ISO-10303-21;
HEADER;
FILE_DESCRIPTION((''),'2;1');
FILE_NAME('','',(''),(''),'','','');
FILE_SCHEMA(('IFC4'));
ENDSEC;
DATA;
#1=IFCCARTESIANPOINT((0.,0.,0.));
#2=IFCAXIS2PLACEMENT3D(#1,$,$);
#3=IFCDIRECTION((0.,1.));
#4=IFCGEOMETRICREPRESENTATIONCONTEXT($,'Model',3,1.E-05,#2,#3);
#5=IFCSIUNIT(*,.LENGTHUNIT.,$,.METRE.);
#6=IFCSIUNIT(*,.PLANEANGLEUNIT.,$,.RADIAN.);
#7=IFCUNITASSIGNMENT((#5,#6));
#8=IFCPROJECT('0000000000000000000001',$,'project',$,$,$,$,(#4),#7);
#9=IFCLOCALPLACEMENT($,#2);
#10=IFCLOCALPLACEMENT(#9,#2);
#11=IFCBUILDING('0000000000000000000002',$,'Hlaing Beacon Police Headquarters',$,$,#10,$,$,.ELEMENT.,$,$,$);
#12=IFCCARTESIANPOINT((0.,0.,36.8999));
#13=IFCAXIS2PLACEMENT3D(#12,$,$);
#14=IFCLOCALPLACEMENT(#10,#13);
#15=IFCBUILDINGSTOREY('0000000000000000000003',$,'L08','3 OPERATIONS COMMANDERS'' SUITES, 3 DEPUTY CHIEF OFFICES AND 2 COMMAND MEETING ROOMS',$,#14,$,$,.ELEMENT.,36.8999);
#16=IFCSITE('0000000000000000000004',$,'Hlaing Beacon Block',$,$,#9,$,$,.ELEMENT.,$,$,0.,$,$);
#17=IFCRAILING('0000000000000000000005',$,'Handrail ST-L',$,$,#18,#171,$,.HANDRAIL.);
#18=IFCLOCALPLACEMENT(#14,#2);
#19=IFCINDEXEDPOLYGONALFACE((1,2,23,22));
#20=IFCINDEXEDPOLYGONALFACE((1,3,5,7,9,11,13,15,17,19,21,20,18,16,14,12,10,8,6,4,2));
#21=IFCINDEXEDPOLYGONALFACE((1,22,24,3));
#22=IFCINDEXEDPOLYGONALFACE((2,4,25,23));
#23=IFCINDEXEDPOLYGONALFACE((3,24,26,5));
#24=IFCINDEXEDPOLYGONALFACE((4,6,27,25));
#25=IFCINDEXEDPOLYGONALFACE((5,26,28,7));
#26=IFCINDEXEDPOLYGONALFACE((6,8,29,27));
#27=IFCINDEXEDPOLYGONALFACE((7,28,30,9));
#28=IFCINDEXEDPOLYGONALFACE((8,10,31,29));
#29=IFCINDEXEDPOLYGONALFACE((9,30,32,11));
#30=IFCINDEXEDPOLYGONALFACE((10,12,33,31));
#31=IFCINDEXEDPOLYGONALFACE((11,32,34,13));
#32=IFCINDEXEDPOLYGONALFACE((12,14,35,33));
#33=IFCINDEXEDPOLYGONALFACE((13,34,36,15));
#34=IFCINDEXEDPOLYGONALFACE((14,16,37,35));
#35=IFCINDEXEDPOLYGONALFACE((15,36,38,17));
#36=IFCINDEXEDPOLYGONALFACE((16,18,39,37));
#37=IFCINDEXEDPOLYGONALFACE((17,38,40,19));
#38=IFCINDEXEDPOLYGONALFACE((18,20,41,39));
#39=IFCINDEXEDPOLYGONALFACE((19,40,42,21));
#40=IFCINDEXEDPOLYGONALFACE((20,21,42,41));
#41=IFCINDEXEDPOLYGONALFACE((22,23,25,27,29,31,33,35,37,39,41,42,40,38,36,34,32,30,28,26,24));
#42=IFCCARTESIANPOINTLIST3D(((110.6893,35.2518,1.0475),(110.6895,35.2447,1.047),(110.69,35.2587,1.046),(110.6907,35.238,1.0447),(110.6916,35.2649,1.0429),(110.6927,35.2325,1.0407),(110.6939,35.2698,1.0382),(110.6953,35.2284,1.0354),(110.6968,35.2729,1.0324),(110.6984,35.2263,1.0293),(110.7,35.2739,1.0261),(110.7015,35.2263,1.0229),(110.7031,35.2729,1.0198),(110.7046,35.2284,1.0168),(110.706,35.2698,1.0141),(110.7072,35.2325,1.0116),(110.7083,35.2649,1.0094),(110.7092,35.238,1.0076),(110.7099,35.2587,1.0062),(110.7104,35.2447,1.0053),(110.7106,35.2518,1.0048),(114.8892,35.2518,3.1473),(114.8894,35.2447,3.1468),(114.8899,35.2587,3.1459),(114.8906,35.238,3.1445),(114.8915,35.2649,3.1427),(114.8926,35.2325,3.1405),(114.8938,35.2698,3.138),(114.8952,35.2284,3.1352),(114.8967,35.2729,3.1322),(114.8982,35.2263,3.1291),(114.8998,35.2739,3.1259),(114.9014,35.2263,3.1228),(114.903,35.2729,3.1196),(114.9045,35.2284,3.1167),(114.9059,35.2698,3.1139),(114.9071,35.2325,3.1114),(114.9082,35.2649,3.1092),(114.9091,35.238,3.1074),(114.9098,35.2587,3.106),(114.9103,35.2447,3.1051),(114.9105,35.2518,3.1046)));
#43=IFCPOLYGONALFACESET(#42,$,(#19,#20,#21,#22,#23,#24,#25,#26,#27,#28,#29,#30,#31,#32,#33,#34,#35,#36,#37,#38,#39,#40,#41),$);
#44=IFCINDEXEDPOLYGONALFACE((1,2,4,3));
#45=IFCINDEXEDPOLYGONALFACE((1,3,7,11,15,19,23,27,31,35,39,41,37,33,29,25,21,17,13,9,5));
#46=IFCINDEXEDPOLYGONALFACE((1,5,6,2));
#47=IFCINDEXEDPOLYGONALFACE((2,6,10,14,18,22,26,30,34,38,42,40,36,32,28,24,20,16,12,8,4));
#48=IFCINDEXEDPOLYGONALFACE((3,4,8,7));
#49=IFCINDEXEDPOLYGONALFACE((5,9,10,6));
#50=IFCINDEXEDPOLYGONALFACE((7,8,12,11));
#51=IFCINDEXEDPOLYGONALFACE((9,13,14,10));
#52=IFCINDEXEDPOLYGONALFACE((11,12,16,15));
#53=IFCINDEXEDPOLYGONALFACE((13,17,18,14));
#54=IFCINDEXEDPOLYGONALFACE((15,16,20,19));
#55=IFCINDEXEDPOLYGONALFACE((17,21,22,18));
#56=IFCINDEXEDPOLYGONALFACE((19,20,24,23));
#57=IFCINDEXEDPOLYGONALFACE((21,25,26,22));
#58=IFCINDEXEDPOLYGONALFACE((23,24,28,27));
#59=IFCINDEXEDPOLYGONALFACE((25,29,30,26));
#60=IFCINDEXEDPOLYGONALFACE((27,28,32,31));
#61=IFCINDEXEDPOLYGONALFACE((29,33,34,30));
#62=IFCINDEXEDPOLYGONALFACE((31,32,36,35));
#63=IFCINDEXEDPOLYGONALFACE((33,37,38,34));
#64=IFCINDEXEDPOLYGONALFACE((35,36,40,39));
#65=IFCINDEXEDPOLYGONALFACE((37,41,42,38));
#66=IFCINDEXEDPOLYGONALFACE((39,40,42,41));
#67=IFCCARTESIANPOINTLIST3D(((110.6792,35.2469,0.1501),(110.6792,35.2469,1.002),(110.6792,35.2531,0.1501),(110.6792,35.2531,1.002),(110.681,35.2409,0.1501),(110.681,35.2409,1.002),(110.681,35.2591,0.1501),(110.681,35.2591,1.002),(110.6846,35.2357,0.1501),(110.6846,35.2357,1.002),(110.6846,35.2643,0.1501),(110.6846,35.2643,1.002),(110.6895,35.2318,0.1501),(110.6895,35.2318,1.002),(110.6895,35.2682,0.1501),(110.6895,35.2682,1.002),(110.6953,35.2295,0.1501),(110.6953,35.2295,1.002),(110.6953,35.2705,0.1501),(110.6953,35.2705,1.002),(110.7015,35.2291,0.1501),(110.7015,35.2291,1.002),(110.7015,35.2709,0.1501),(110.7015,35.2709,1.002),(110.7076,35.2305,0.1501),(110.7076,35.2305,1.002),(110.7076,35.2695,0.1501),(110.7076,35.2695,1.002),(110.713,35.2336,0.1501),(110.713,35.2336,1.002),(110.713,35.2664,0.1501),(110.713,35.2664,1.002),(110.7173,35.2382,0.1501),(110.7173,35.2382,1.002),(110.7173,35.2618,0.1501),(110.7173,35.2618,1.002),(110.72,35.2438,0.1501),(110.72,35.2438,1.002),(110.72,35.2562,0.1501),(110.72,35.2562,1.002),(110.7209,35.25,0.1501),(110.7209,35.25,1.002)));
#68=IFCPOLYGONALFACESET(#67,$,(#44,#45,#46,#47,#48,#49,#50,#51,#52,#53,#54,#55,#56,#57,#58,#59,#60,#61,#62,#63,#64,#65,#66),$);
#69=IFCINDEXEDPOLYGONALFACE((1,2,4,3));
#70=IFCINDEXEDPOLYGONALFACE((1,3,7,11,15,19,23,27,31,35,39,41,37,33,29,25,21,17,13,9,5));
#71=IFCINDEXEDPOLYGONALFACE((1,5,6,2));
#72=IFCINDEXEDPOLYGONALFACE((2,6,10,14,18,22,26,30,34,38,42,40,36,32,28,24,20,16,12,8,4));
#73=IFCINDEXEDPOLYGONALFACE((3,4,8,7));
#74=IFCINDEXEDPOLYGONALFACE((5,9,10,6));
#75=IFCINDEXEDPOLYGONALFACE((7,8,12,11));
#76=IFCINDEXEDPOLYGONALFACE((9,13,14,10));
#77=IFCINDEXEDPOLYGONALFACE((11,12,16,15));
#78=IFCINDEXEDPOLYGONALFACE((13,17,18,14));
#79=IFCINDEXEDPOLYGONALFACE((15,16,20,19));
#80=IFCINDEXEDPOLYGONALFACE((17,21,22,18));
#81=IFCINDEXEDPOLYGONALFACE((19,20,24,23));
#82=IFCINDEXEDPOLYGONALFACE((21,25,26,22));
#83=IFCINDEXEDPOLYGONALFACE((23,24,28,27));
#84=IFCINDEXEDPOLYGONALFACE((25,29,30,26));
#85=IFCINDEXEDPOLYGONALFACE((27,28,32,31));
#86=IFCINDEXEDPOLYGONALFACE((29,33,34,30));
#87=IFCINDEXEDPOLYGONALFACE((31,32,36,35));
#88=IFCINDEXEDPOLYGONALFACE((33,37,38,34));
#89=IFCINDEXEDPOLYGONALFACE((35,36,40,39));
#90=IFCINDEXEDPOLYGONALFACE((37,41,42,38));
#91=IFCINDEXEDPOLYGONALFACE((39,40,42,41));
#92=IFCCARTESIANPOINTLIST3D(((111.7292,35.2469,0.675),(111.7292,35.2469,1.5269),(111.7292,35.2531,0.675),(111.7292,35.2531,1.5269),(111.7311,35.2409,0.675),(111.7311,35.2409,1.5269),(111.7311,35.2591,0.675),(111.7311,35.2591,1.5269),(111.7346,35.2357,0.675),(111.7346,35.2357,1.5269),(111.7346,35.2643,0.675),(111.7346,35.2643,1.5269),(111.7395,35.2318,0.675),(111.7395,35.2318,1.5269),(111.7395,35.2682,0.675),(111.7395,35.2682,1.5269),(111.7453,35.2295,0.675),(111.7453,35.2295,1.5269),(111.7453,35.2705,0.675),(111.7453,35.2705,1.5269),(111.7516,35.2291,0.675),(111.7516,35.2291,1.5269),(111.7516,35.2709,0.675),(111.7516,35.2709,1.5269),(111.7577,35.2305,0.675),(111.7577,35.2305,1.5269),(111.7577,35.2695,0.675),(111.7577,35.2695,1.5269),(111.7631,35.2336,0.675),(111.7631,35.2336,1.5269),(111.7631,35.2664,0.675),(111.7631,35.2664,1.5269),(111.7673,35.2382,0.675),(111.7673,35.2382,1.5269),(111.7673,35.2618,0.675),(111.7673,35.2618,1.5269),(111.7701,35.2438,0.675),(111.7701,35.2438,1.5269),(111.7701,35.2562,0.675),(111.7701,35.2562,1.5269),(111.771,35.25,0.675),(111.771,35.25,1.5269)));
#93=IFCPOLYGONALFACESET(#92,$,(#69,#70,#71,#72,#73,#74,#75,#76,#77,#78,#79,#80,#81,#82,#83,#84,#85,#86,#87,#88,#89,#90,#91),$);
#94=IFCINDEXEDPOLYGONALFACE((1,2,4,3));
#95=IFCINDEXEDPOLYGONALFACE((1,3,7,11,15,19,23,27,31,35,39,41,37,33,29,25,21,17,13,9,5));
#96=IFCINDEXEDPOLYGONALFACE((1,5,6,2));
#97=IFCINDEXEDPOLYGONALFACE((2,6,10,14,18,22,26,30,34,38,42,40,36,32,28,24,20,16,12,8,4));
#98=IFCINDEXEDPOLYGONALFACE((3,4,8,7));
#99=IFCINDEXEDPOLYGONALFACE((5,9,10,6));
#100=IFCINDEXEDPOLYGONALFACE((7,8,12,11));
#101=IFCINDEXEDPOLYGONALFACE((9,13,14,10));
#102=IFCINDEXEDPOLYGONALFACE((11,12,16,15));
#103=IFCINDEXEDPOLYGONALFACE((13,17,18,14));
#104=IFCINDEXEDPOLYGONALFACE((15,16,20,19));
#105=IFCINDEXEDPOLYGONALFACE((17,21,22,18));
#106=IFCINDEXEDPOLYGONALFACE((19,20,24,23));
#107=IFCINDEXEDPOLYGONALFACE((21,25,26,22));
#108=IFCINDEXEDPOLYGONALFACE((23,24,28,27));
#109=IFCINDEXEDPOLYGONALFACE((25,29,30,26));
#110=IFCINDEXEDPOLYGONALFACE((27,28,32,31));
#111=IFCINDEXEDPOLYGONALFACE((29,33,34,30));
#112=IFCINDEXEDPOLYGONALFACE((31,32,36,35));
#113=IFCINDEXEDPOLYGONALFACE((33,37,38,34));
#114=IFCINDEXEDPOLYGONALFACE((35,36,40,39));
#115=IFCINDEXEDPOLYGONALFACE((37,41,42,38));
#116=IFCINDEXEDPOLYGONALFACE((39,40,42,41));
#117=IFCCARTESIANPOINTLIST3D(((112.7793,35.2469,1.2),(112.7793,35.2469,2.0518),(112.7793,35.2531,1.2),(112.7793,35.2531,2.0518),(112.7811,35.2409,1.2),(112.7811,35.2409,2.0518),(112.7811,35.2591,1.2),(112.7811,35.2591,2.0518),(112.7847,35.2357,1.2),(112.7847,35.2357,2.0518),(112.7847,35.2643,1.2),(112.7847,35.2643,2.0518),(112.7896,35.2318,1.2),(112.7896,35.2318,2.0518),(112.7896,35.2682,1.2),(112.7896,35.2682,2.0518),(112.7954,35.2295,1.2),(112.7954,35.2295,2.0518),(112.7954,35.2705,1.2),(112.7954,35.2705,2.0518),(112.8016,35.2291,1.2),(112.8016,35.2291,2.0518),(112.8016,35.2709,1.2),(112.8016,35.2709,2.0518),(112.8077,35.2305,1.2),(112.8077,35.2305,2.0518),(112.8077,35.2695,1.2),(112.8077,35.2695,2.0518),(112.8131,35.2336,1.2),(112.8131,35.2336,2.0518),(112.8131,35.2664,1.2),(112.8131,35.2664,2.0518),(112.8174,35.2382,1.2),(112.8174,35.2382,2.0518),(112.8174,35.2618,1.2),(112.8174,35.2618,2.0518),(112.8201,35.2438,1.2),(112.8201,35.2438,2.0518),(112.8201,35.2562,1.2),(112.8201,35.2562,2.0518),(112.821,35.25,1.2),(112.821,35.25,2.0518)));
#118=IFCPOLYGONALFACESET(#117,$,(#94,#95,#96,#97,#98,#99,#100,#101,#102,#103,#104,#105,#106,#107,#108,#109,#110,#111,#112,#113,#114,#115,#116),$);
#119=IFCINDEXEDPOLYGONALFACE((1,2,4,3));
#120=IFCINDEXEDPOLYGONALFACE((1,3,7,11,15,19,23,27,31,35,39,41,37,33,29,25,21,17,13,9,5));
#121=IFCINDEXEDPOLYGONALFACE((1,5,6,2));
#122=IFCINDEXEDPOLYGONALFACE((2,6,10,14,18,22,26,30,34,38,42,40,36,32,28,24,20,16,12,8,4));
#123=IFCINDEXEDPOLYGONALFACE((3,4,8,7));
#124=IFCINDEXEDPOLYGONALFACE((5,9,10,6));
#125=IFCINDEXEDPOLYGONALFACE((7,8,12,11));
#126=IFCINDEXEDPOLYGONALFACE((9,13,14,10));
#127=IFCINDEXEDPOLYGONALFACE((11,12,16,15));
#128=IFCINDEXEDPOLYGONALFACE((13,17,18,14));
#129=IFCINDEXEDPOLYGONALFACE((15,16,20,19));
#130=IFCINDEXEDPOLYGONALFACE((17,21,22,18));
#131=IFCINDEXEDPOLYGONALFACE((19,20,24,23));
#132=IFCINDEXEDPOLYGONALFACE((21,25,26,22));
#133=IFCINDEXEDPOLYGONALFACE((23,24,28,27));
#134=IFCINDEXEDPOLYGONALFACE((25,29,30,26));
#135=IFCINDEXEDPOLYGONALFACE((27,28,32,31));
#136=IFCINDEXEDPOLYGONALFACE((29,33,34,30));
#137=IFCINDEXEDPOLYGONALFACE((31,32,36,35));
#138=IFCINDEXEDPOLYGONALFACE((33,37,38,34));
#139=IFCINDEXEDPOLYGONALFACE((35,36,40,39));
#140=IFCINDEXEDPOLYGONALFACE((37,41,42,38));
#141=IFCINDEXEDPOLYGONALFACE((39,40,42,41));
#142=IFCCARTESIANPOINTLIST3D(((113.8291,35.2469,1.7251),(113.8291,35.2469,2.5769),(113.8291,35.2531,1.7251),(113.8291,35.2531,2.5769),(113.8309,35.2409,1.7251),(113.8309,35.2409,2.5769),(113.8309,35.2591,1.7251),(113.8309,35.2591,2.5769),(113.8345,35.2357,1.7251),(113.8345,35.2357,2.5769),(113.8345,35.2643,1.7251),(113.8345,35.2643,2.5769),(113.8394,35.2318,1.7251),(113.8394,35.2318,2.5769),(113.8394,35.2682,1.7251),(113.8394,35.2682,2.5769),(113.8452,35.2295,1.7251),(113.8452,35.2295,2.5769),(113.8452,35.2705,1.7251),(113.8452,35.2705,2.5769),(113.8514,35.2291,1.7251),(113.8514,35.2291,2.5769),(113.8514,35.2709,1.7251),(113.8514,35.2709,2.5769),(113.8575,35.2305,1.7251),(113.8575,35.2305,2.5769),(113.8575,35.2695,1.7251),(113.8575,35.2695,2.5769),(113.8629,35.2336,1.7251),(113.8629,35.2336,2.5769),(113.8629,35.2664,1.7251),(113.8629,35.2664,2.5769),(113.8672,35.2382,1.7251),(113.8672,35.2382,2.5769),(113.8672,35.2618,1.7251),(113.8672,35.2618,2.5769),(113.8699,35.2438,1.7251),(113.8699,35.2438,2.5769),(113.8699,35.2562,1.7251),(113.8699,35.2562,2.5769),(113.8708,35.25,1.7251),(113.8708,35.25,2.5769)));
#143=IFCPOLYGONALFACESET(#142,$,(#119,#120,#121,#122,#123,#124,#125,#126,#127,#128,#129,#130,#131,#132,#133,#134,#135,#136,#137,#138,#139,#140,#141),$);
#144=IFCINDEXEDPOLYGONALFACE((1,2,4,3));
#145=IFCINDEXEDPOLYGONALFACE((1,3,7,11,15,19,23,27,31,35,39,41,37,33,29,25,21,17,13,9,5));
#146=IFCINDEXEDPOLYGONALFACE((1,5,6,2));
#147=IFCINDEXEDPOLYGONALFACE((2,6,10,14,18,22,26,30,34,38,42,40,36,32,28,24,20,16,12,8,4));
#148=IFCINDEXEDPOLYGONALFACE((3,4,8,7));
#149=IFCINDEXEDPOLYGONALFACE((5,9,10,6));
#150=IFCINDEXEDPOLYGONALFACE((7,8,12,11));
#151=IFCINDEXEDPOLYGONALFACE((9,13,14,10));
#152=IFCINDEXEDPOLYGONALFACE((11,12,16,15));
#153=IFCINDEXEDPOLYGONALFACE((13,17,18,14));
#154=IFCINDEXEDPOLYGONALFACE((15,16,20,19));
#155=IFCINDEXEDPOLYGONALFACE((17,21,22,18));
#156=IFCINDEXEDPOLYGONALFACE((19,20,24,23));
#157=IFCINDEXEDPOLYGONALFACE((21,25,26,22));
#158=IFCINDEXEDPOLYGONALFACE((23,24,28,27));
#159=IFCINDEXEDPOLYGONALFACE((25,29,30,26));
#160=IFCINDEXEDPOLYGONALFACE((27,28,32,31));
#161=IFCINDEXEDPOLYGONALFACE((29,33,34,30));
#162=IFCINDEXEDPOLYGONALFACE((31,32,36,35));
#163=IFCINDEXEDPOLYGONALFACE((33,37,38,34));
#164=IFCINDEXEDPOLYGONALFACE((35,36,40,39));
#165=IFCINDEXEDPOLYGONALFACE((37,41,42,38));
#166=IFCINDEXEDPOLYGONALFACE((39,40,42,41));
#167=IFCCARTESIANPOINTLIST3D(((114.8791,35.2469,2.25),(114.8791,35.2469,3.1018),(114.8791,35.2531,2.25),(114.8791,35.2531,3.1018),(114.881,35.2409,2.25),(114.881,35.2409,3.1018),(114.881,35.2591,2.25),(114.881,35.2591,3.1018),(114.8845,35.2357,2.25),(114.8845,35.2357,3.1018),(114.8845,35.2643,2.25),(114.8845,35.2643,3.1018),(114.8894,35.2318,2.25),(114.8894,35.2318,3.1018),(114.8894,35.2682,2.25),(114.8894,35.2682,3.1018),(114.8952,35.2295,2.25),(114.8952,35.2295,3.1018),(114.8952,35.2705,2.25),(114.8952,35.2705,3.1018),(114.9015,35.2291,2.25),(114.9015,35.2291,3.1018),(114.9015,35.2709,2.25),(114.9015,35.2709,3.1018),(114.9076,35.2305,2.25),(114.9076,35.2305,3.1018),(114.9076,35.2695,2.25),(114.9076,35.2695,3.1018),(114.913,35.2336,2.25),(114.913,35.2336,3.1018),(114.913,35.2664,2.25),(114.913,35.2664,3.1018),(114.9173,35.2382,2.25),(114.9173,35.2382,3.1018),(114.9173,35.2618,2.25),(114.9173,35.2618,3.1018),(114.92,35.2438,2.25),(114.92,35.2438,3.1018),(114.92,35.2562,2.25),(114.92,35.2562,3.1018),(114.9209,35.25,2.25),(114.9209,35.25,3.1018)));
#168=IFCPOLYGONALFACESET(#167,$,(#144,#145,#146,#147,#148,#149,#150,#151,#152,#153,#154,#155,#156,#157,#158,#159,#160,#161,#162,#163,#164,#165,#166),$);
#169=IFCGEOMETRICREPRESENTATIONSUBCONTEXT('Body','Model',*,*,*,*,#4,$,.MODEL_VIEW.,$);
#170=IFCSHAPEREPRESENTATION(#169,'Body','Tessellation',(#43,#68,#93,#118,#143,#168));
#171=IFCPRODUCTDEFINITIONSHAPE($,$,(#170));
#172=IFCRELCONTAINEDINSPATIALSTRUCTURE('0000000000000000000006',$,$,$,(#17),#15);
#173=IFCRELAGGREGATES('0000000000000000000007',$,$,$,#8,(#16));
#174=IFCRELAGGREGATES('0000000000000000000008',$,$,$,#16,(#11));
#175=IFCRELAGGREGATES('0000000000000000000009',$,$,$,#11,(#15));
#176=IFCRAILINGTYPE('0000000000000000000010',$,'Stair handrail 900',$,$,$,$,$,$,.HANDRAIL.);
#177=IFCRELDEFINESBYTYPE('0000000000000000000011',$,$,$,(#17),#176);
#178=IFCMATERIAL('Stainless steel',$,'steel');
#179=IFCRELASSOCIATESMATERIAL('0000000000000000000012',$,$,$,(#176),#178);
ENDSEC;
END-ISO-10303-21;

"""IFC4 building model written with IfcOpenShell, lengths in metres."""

from ifc_helpers import new_model, si_unit, direction, frame, origin, origin_2d, place, context, subcontext, project, spatial, circle, extrude, material, type_object, element, save


model = new_model("IFC4")

# Units and contexts
model_context = context("Model", 3, precision=1e-05, world=origin(), true_north=direction((0.0, 1.0)))
body_context = subcontext(model_context, "Body", "Model", "MODEL_VIEW")
ifc_project = project(units=[si_unit("LENGTHUNIT", "METRE"), si_unit("PLANEANGLEUNIT", "RADIAN")], contexts=[model_context])

# Site, building, storey
site_placement = place(None, origin())
site = spatial("IfcSite", under=ifc_project, at=site_placement, Name="Hlaing Beacon Block", CompositionType="ELEMENT", RefElevation=0.0)
building_placement = place(site_placement, origin())
building = spatial("IfcBuilding", under=site, at=building_placement, Name="Hlaing Beacon Police Headquarters", CompositionType="ELEMENT")
storey_placement = place(building_placement, frame((0.0, 0.0, 36.8999)))
storey = spatial("IfcBuildingStorey", under=building, at=storey_placement, Name="L08", Description="3 OPERATIONS COMMANDERS' SUITES, 3 DEPUTY CHIEF OFFICES AND 2 COMMAND MEETING ROOMS", CompositionType="ELEMENT", Elevation=36.8999)

# Railing
ifc_material_1 = material(Name="Stainless steel", Category="steel")
railing_type_1 = type_object("IfcRailingType", Name="Stair handrail 900", PredefinedType="HANDRAIL", material=ifc_material_1)
for number, where, name in (
    (1, (110.7, 35.25, 0.1501), "Handrail ST-L"),
):
    element("IfcRailing", number, at=place(storey_placement, frame(where)), inside=storey, type_object=railing_type_1, Name=name, PredefinedType="HANDRAIL", context=body_context, shape_type="SweptSolid", body=[
        extrude(circle(Radius=0.0239, at=origin_2d()), frame((0.0, 0.0, 0.876), z_axis=(0.894438, 0.0, 0.447193), x_axis=(0.0, 1.0, 0.0)), (0.0, 0.0, 1.0), 4.6956),
        extrude(circle(Radius=0.021, at=origin_2d()), origin(), (0.0, 0.0, 1.0), 0.8518),
        extrude(circle(Radius=0.021, at=origin_2d()), frame((1.05, 0.0, 0.5249)), (0.0, 0.0, 1.0), 0.8518),
        extrude(circle(Radius=0.021, at=origin_2d()), frame((2.1001, 0.0, 1.0498)), (0.0, 0.0, 1.0), 0.8518),
        extrude(circle(Radius=0.021, at=origin_2d()), frame((3.1499, 0.0, 1.575)), (0.0, 0.0, 1.0), 0.8518),
        extrude(circle(Radius=0.021, at=origin_2d()), frame((4.2, 0.0, 2.0999)), (0.0, 0.0, 1.0), 0.8518),
    ])

save(model, "model.ifc")
